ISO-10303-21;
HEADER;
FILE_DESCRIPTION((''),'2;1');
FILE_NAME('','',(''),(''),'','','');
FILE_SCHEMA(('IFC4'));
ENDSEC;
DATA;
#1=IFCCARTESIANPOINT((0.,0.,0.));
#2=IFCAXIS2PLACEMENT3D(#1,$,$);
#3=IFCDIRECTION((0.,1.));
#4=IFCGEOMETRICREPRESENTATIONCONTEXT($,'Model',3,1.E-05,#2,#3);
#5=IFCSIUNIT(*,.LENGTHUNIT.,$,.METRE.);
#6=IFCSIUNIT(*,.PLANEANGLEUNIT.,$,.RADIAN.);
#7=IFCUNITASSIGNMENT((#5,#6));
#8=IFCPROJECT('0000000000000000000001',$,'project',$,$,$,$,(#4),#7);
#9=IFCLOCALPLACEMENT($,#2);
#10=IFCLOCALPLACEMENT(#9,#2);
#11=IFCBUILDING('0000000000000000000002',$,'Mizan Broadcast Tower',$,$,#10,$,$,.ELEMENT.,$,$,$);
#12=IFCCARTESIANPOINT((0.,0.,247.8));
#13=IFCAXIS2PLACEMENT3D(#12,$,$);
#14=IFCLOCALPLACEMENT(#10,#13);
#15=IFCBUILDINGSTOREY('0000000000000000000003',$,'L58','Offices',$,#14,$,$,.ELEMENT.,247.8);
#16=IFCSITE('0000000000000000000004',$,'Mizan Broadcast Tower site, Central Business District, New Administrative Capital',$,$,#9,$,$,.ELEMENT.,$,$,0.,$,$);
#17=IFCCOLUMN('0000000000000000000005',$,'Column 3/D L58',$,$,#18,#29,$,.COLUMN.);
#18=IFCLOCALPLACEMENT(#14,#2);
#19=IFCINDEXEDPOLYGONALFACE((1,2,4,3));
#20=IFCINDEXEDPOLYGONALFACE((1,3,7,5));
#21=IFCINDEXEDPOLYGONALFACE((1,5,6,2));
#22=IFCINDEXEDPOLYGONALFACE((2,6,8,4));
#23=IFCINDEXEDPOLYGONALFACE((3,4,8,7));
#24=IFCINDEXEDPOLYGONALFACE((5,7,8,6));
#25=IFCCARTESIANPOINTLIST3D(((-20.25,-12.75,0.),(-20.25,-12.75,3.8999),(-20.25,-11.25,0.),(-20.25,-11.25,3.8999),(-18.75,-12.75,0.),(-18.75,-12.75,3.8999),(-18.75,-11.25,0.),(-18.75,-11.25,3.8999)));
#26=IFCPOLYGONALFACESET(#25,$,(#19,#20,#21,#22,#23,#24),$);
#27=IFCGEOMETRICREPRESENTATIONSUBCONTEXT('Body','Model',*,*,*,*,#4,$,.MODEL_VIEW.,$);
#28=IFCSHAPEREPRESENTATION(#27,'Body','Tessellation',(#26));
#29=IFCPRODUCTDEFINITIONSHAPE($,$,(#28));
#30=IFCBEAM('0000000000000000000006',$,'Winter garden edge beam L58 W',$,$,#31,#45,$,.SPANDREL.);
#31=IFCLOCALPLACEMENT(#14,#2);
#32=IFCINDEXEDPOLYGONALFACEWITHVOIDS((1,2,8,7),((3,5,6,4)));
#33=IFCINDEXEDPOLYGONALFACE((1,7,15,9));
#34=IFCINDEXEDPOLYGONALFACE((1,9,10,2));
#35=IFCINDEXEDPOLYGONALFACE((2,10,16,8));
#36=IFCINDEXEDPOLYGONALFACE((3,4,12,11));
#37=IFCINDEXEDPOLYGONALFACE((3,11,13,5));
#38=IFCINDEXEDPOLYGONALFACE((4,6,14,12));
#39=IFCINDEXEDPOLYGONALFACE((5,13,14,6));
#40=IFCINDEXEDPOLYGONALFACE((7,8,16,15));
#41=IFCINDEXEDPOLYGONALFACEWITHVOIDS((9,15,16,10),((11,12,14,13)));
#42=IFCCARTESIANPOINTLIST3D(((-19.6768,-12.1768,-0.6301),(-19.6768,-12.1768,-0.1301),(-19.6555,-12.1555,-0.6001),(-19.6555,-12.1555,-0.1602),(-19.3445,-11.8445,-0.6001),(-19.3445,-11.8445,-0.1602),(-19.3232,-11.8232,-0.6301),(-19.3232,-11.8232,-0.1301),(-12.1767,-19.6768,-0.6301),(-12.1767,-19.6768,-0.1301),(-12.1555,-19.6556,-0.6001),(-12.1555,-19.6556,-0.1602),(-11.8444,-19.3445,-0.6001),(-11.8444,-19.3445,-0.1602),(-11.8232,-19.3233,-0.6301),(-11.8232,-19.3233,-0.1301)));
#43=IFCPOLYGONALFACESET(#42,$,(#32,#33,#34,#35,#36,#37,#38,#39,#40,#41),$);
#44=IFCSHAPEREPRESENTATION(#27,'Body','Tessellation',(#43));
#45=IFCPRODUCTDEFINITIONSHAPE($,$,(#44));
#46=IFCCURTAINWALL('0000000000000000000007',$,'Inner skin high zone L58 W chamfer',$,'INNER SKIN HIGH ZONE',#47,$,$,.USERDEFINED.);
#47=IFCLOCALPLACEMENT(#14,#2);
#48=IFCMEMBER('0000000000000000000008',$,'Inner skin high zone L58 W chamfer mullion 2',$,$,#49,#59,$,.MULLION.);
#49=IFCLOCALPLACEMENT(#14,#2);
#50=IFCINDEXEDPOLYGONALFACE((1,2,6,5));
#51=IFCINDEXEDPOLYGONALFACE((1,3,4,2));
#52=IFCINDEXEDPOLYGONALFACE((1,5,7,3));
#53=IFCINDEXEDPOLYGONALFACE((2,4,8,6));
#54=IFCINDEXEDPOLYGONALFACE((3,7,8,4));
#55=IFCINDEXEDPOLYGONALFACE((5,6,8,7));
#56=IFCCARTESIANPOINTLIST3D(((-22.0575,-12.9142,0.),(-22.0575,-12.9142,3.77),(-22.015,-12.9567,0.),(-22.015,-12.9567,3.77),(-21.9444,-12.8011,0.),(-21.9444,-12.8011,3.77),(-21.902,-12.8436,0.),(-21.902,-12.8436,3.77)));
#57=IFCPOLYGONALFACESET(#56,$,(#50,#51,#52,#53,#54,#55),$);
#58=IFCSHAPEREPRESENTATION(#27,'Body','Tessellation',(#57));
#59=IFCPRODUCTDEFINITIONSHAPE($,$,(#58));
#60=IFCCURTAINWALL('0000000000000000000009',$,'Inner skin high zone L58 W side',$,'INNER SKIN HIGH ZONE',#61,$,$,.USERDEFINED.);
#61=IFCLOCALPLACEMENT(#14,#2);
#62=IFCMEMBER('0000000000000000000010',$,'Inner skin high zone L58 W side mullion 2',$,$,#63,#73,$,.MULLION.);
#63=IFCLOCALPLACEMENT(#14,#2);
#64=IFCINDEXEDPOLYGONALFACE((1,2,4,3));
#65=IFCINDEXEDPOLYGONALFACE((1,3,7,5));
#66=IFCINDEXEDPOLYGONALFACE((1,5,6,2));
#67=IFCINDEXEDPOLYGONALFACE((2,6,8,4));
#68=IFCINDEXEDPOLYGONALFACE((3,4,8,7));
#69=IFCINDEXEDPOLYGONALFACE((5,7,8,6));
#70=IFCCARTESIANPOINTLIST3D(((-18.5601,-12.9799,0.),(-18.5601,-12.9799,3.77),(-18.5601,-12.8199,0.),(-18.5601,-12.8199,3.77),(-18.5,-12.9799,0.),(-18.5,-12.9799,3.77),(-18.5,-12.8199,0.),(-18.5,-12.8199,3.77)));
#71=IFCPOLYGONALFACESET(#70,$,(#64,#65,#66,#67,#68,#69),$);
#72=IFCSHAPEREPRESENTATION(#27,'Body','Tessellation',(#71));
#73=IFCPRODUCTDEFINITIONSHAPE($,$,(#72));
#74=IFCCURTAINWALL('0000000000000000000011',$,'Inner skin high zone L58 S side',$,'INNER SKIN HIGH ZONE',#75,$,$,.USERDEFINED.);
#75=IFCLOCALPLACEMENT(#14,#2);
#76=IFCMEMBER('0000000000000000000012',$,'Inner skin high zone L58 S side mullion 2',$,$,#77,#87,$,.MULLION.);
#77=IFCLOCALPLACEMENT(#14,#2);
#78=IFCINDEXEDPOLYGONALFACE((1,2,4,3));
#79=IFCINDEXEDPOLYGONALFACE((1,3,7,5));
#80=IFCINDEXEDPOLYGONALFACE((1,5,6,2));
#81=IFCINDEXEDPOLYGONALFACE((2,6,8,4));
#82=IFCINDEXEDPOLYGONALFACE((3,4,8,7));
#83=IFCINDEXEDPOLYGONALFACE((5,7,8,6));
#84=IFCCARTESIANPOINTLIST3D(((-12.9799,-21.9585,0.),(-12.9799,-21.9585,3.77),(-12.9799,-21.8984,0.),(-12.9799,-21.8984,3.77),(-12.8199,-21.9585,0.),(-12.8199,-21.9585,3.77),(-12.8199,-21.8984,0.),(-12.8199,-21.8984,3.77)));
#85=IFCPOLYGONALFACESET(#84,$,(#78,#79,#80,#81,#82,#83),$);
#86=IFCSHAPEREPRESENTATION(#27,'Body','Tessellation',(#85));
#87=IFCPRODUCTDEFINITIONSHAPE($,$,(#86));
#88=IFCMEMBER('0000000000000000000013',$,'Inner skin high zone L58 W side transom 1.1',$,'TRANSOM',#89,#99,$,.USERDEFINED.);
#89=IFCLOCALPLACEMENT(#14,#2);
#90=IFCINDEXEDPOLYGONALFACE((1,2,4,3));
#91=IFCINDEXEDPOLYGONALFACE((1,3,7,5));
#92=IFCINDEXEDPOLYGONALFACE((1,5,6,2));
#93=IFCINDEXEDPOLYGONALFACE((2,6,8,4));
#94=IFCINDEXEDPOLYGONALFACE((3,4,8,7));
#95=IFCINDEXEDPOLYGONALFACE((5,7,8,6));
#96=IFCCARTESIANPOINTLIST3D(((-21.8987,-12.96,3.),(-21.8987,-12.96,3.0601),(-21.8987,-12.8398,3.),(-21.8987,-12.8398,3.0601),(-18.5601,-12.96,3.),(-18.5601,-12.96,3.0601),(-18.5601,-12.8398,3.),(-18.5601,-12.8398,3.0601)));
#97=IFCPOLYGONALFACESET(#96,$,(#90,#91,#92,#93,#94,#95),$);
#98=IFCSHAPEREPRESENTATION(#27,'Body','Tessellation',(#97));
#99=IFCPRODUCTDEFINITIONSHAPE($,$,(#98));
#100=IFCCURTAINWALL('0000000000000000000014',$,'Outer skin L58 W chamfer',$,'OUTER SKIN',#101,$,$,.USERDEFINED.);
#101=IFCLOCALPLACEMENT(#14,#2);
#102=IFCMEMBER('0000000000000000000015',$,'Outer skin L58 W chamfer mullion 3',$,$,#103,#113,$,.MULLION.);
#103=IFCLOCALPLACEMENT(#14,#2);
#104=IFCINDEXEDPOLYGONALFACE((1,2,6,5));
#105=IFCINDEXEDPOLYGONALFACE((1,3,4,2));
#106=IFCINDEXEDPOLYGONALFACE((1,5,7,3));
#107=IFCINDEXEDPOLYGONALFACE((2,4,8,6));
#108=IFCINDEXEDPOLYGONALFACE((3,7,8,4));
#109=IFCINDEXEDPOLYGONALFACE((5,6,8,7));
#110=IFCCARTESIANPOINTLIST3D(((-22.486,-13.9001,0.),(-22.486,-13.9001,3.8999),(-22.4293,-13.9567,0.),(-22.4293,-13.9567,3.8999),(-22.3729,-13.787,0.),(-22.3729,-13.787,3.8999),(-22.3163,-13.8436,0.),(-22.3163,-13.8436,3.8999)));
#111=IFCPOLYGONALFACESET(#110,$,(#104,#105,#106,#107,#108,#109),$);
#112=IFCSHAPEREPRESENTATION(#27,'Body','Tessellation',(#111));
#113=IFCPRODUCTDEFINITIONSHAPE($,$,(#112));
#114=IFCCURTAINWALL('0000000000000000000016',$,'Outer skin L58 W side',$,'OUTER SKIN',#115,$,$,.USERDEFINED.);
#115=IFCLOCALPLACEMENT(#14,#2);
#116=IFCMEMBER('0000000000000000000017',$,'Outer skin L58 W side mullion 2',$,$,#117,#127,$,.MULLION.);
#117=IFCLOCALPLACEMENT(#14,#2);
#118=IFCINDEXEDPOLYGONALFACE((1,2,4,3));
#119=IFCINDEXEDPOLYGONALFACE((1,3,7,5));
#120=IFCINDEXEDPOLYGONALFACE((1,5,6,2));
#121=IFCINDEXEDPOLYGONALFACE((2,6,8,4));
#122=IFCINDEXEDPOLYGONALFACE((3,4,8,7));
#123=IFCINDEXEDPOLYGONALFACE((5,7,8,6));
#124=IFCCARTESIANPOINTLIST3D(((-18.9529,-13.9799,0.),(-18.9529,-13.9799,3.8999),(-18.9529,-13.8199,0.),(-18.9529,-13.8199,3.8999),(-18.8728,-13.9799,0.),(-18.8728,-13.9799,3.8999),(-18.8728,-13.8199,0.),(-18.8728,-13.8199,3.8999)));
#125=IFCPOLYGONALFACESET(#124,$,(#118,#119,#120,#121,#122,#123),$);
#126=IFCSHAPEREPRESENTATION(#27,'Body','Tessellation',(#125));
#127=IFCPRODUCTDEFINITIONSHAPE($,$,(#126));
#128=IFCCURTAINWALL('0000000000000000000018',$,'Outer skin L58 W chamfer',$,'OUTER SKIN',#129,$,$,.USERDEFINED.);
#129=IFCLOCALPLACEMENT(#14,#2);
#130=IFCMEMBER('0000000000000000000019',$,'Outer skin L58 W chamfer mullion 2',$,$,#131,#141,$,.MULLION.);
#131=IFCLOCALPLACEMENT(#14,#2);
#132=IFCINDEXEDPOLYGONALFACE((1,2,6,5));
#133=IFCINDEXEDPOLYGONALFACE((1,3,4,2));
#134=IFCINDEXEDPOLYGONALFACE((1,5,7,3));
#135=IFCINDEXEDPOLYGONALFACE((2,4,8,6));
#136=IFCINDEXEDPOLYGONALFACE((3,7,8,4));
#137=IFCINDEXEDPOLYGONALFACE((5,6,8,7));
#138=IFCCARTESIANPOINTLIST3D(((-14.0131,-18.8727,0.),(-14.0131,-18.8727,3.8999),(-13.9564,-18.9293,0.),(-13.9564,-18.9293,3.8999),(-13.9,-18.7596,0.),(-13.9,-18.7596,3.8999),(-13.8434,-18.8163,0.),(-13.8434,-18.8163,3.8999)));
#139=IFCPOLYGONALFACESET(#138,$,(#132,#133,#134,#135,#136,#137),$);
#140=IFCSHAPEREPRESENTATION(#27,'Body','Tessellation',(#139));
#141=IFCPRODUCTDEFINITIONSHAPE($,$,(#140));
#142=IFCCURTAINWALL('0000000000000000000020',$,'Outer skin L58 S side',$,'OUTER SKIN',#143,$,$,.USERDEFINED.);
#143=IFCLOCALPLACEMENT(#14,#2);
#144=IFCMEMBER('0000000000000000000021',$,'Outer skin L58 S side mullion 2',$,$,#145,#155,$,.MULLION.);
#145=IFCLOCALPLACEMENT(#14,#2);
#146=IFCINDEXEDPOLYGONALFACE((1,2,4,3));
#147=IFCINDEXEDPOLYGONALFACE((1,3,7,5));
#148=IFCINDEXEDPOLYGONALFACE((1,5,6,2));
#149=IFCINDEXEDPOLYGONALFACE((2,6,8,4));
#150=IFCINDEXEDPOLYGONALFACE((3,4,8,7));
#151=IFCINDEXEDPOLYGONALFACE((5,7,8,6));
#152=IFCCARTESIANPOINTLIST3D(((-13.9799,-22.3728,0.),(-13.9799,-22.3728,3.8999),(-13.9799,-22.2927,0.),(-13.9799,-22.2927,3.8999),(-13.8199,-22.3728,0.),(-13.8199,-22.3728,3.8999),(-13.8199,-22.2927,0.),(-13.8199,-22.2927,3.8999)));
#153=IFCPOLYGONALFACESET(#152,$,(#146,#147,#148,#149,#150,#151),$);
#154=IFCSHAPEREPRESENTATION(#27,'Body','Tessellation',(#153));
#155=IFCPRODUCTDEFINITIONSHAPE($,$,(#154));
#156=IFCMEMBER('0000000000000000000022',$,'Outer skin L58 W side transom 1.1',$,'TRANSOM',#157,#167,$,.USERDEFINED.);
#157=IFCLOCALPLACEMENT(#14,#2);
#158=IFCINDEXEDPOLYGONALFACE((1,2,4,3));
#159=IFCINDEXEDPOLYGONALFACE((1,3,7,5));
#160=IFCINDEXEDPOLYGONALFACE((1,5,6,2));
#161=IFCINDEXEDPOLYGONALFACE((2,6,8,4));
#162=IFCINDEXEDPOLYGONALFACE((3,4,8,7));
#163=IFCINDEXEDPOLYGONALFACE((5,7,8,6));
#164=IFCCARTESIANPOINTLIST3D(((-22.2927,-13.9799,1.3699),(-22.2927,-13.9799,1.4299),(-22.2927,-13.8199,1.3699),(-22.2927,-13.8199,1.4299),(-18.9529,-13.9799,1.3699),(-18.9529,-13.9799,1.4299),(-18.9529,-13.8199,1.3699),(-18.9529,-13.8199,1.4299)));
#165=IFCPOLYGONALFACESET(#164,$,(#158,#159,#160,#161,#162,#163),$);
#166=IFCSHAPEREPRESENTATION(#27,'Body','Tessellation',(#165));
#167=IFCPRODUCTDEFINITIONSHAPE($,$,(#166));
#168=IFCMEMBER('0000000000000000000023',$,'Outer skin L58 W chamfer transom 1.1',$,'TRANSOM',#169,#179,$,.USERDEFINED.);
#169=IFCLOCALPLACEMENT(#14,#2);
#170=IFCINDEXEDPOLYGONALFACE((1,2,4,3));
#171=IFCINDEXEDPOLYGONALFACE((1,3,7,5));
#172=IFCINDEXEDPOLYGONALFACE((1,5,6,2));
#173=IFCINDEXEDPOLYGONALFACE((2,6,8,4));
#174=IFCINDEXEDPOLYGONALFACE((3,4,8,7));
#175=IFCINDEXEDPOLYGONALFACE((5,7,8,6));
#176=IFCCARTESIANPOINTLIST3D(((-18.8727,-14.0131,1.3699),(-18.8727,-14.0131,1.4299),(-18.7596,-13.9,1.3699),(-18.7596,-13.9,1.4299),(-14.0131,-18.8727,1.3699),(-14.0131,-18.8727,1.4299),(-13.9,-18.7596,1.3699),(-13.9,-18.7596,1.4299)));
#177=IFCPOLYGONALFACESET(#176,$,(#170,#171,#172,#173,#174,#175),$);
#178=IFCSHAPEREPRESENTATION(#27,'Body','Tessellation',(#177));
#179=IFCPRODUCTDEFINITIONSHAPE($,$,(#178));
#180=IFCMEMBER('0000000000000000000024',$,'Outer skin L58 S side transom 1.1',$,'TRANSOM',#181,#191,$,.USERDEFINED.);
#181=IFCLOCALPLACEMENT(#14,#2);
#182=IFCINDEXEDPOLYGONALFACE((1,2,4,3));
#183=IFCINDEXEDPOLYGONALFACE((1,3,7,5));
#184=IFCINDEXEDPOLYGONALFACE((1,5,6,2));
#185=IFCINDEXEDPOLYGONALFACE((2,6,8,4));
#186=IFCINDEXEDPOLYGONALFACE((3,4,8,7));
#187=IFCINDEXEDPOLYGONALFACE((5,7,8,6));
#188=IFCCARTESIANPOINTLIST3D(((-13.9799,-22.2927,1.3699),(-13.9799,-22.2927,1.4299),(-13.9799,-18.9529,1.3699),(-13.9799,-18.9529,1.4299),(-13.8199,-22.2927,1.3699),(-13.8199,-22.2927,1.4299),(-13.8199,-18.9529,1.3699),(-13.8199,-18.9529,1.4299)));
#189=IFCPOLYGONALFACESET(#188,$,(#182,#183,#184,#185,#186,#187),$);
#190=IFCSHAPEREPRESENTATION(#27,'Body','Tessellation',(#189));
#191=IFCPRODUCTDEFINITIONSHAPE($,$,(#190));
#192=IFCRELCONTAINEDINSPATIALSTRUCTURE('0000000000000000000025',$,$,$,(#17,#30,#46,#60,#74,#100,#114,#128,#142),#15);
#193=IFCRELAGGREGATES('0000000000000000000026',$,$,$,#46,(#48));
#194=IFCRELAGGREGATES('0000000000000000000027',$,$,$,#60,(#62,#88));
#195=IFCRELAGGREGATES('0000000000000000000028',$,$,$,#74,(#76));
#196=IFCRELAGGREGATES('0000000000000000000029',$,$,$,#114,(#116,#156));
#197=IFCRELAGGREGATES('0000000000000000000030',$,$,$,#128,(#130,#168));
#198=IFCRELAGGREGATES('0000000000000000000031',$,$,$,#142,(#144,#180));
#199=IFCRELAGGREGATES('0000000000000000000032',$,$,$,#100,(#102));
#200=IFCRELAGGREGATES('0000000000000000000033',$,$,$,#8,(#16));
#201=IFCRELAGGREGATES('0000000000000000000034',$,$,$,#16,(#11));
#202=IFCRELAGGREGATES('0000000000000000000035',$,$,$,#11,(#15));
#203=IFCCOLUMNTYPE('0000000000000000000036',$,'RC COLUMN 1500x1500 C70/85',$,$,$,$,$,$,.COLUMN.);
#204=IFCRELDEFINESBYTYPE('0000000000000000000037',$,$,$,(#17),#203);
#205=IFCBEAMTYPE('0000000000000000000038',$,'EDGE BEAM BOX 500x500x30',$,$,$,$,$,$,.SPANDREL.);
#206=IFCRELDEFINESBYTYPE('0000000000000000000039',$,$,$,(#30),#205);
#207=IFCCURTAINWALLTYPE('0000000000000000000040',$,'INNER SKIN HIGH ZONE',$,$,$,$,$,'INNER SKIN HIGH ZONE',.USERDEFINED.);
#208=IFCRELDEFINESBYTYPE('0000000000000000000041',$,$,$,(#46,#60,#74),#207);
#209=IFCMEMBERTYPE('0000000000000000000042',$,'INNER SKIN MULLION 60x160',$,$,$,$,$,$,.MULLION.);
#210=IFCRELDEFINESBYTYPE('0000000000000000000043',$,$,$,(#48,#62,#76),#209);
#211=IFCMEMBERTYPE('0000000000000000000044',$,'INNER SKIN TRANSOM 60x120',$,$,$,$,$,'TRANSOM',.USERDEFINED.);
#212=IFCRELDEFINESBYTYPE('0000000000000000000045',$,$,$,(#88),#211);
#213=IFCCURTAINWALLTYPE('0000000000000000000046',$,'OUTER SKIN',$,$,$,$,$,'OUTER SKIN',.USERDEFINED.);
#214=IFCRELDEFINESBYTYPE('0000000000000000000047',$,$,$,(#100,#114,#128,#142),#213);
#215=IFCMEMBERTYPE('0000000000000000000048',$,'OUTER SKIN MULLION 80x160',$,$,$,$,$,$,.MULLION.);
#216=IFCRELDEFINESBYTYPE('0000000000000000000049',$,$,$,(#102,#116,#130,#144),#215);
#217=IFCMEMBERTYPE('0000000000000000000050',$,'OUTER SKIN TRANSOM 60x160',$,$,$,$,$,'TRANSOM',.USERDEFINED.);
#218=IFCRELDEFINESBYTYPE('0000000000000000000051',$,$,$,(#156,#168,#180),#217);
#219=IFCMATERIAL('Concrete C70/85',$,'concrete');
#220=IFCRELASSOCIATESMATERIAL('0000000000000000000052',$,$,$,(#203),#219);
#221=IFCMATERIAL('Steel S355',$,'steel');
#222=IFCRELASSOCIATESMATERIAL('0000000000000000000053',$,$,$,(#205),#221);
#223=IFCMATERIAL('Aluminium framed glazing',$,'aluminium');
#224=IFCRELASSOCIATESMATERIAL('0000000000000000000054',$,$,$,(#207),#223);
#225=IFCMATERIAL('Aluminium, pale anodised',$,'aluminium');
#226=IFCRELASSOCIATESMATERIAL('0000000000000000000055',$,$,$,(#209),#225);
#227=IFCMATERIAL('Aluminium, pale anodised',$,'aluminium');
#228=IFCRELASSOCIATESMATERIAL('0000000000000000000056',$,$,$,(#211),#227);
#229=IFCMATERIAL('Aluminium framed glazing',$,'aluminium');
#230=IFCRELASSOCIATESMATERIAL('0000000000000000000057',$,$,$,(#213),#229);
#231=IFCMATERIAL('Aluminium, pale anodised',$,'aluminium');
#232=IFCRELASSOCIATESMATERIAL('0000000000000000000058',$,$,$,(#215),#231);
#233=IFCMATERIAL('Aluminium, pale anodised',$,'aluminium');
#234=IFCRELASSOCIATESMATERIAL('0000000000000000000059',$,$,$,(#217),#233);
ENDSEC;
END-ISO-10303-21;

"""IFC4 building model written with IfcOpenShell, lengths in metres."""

from ifc_helpers import new_model, si_unit, direction, frame, origin, origin_2d, place, context, subcontext, project, spatial, rectangle, hollow_rectangle, extrude, material, material_profile, profile_set, type_object, element, aggregate, save


model = new_model("IFC4")

# Units and contexts
model_context = context("Model", 3, precision=1e-05, world=origin(), true_north=direction((0.0, 1.0)))
body_context = subcontext(model_context, "Body", "Model", "MODEL_VIEW")
ifc_project = project(units=[si_unit("LENGTHUNIT", "METRE"), si_unit("PLANEANGLEUNIT", "RADIAN")], contexts=[model_context])

# Site, building, storey
site_placement = place(None, origin())
site = spatial("IfcSite", under=ifc_project, at=site_placement, Name="Mizan Broadcast Tower site, Central Business District, New Administrative Capital", CompositionType="ELEMENT", RefElevation=0.0)
building_placement = place(site_placement, origin())
building = spatial("IfcBuilding", under=site, at=building_placement, Name="Mizan Broadcast Tower", CompositionType="ELEMENT")
storey_placement = place(building_placement, frame((0.0, 0.0, 247.8)))
storey = spatial("IfcBuildingStorey", under=building, at=storey_placement, Name="L58", Description="Offices", CompositionType="ELEMENT", Elevation=247.8)

# Column
ifc_material_1 = material(Name="Concrete C70/85", Category="concrete")
ifc_material_profile_1 = material_profile(ifc_material_1, rectangle(XDim=1.5, YDim=1.5, at=origin_2d()), Name="RC 1500x1500")
ifc_profile_set_1 = profile_set([ifc_material_profile_1], Name="Concrete C70/85")
column_type = type_object("IfcColumnType", Name="RC COLUMN 1500x1500 C70/85", PredefinedType="COLUMN", material=ifc_profile_set_1)
column_placement = place(storey_placement, frame((-19.5, -12.0, 0.0), z_axis=(0.0, 0.0, 1.0), x_axis=(1.0, 0.0, 0.0)))
element("IfcColumn", 1, at=column_placement, inside=storey, type_object=column_type, Name="Column 3/D L58", PredefinedType="COLUMN", context=body_context, shape_type="SweptSolid", body=[
    extrude(rectangle(XDim=1.5, YDim=1.5, at=origin_2d()), origin(), (0.0, 0.0, 1.0), 3.8999),
])

# Beam
ifc_material_2 = material(Name="Steel S355", Category="steel")
ifc_material_profile_2 = material_profile(ifc_material_2, hollow_rectangle(XDim=0.5, YDim=0.5, WallThickness=0.03, at=origin_2d()), Name="BOX 500x500x30")
ifc_profile_set_2 = profile_set([ifc_material_profile_2], Name="Steel S355")
beam_type = type_object("IfcBeamType", Name="EDGE BEAM BOX 500x500x30", PredefinedType="SPANDREL", material=ifc_profile_set_2)
beam_placement = place(storey_placement, frame((-19.5, -12.0, -0.3801), z_axis=(0.707107, -0.707107, 0.0), x_axis=(0.707107, 0.707107, 0.0)))
element("IfcBeam", 2, at=beam_placement, inside=storey, type_object=beam_type, Name="Winter garden edge beam L58 W", PredefinedType="SPANDREL", context=body_context, shape_type="SweptSolid", body=[
    extrude(hollow_rectangle(XDim=0.5, YDim=0.5, WallThickness=0.03, at=origin_2d()), origin(), (0.0, 0.0, 1.0), 10.6067),
])

# Curtain walls, members
ifc_material_3 = material(Name="Aluminium framed glazing", Category="aluminium")
curtain_wall_type_1 = type_object("IfcCurtainWallType", Name="INNER SKIN HIGH ZONE", ElementType="INNER SKIN HIGH ZONE", PredefinedType="USERDEFINED", material=ifc_material_3)
curtain_wall_1_placement = place(storey_placement, origin())
curtain_wall_1 = element("IfcCurtainWall", 3, at=curtain_wall_1_placement, inside=storey, type_object=curtain_wall_type_1, Name="Inner skin high zone L58 W chamfer", ObjectType="INNER SKIN HIGH ZONE", PredefinedType="USERDEFINED")
ifc_material_4 = material(Name="Aluminium, pale anodised", Category="aluminium")
ifc_material_profile_3 = material_profile(ifc_material_4, rectangle(XDim=0.1599, YDim=0.0601, at=origin_2d()), Name="MULLION 160x60")
ifc_profile_set_3 = profile_set([ifc_material_profile_3], Name="Aluminium, pale anodised")
member_type_1 = type_object("IfcMemberType", Name="INNER SKIN MULLION 60x160", PredefinedType="MULLION", material=ifc_profile_set_3)
member_1_placement = place(storey_placement, frame((-21.9797, -12.8789, 0.0), z_axis=(0.0, 0.0, 1.0), x_axis=(0.707107, 0.707107, 0.0)))
member_1 = element("IfcMember", 4, at=member_1_placement, type_object=member_type_1, Name="Inner skin high zone L58 W chamfer mullion 2", PredefinedType="MULLION", context=body_context, shape_type="SweptSolid", body=[
    extrude(rectangle(XDim=0.1599, YDim=0.0601, at=origin_2d()), origin(), (0.0, 0.0, 1.0), 3.77),
])
aggregate(curtain_wall_1, [member_1])
curtain_wall_2_placement = place(storey_placement, origin())
curtain_wall_2 = element("IfcCurtainWall", 5, at=curtain_wall_2_placement, inside=storey, type_object=curtain_wall_type_1, Name="Inner skin high zone L58 W side", ObjectType="INNER SKIN HIGH ZONE", PredefinedType="USERDEFINED")
member_2_placement = place(storey_placement, frame((-18.53, -12.8999, 0.0), z_axis=(0.0, 0.0, 1.0), x_axis=(0.0, 1.0, 0.0)))
member_2 = element("IfcMember", 6, at=member_2_placement, type_object=member_type_1, Name="Inner skin high zone L58 W side mullion 2", PredefinedType="MULLION", context=body_context, shape_type="SweptSolid", body=[
    extrude(rectangle(XDim=0.1599, YDim=0.0601, at=origin_2d()), origin(), (0.0, 0.0, 1.0), 3.77),
])
curtain_wall_3_placement = place(storey_placement, origin())
curtain_wall_3 = element("IfcCurtainWall", 7, at=curtain_wall_3_placement, inside=storey, type_object=curtain_wall_type_1, Name="Inner skin high zone L58 S side", ObjectType="INNER SKIN HIGH ZONE", PredefinedType="USERDEFINED")
member_3_placement = place(storey_placement, frame((-12.8999, -21.9285, 0.0), z_axis=(0.0, 0.0, 1.0), x_axis=(1.0, 0.0, 0.0)))
member_3 = element("IfcMember", 8, at=member_3_placement, type_object=member_type_1, Name="Inner skin high zone L58 S side mullion 2", PredefinedType="MULLION", context=body_context, shape_type="SweptSolid", body=[
    extrude(rectangle(XDim=0.1599, YDim=0.0601, at=origin_2d()), origin(), (0.0, 0.0, 1.0), 3.77),
])

# Member
ifc_material_5 = material(Name="Aluminium, pale anodised", Category="aluminium")
ifc_material_profile_4 = material_profile(ifc_material_5, rectangle(XDim=0.1201, YDim=0.0601, at=origin_2d()), Name="TRANSOM 120x60")
ifc_profile_set_4 = profile_set([ifc_material_profile_4], Name="Aluminium, pale anodised")
member_type_2 = type_object("IfcMemberType", Name="INNER SKIN TRANSOM 60x120", ElementType="TRANSOM", PredefinedType="USERDEFINED", material=ifc_profile_set_4)
member_4_placement = place(storey_placement, frame((-21.8987, -12.8999, 3.03), z_axis=(1.0, 0.0, 0.0), x_axis=(0.0, 1.0, 0.0)))
member_4 = element("IfcMember", 9, at=member_4_placement, type_object=member_type_2, Name="Inner skin high zone L58 W side transom 1.1", ObjectType="TRANSOM", PredefinedType="USERDEFINED", context=body_context, shape_type="SweptSolid", body=[
    extrude(rectangle(XDim=0.1201, YDim=0.0601, at=origin_2d()), origin(), (0.0, 0.0, 1.0), 3.3386),
])

# Curtain walls, members
ifc_material_6 = material(Name="Aluminium framed glazing", Category="aluminium")
curtain_wall_type_2 = type_object("IfcCurtainWallType", Name="OUTER SKIN", ElementType="OUTER SKIN", PredefinedType="USERDEFINED", material=ifc_material_6)
curtain_wall_4_placement = place(storey_placement, origin())
curtain_wall_4 = element("IfcCurtainWall", 10, at=curtain_wall_4_placement, inside=storey, type_object=curtain_wall_type_2, Name="Outer skin L58 W chamfer", ObjectType="OUTER SKIN", PredefinedType="USERDEFINED")
ifc_material_7 = material(Name="Aluminium, pale anodised", Category="aluminium")
ifc_material_profile_5 = material_profile(ifc_material_7, rectangle(XDim=0.1599, YDim=0.0801, at=origin_2d()), Name="MULLION 160x80")
ifc_profile_set_5 = profile_set([ifc_material_profile_5], Name="Aluminium, pale anodised")
member_type_3 = type_object("IfcMemberType", Name="OUTER SKIN MULLION 80x160", PredefinedType="MULLION", material=ifc_profile_set_5)
member_5_placement = place(storey_placement, frame((-22.4011, -13.8718, 0.0), z_axis=(0.0, 0.0, 1.0), x_axis=(0.707107, 0.707107, 0.0)))
member_5 = element("IfcMember", 11, at=member_5_placement, type_object=member_type_3, Name="Outer skin L58 W chamfer mullion 3", PredefinedType="MULLION", context=body_context, shape_type="SweptSolid", body=[
    extrude(rectangle(XDim=0.1599, YDim=0.0801, at=origin_2d()), origin(), (0.0, 0.0, 1.0), 3.8999),
])
curtain_wall_5_placement = place(storey_placement, origin())
curtain_wall_5 = element("IfcCurtainWall", 12, at=curtain_wall_5_placement, inside=storey, type_object=curtain_wall_type_2, Name="Outer skin L58 W side", ObjectType="OUTER SKIN", PredefinedType="USERDEFINED")
member_6_placement = place(storey_placement, frame((-18.9128, -13.8999, 0.0), z_axis=(0.0, 0.0, 1.0), x_axis=(0.0, 1.0, 0.0)))
member_6 = element("IfcMember", 13, at=member_6_placement, type_object=member_type_3, Name="Outer skin L58 W side mullion 2", PredefinedType="MULLION", context=body_context, shape_type="SweptSolid", body=[
    extrude(rectangle(XDim=0.1599, YDim=0.0801, at=origin_2d()), origin(), (0.0, 0.0, 1.0), 3.8999),
])
curtain_wall_6_placement = place(storey_placement, origin())
curtain_wall_6 = element("IfcCurtainWall", 14, at=curtain_wall_6_placement, inside=storey, type_object=curtain_wall_type_2, Name="Outer skin L58 W chamfer", ObjectType="OUTER SKIN", PredefinedType="USERDEFINED")
member_7_placement = place(storey_placement, frame((-13.9282, -18.8445, 0.0), z_axis=(0.0, 0.0, 1.0), x_axis=(0.707107, 0.707107, 0.0)))
member_7 = element("IfcMember", 15, at=member_7_placement, type_object=member_type_3, Name="Outer skin L58 W chamfer mullion 2", PredefinedType="MULLION", context=body_context, shape_type="SweptSolid", body=[
    extrude(rectangle(XDim=0.1599, YDim=0.0801, at=origin_2d()), origin(), (0.0, 0.0, 1.0), 3.8999),
])
curtain_wall_7_placement = place(storey_placement, origin())
curtain_wall_7 = element("IfcCurtainWall", 16, at=curtain_wall_7_placement, inside=storey, type_object=curtain_wall_type_2, Name="Outer skin L58 S side", ObjectType="OUTER SKIN", PredefinedType="USERDEFINED")
member_8_placement = place(storey_placement, frame((-13.8999, -22.3328, 0.0), z_axis=(0.0, 0.0, 1.0), x_axis=(1.0, 0.0, 0.0)))
member_8 = element("IfcMember", 17, at=member_8_placement, type_object=member_type_3, Name="Outer skin L58 S side mullion 2", PredefinedType="MULLION", context=body_context, shape_type="SweptSolid", body=[
    extrude(rectangle(XDim=0.1599, YDim=0.0801, at=origin_2d()), origin(), (0.0, 0.0, 1.0), 3.8999),
])

# Members
ifc_material_8 = material(Name="Aluminium, pale anodised", Category="aluminium")
ifc_material_profile_6 = material_profile(ifc_material_8, rectangle(XDim=0.1599, YDim=0.0601, at=origin_2d()), Name="TRANSOM 160x60")
ifc_profile_set_6 = profile_set([ifc_material_profile_6], Name="Aluminium, pale anodised")
member_type_4 = type_object("IfcMemberType", Name="OUTER SKIN TRANSOM 60x160", ElementType="TRANSOM", PredefinedType="USERDEFINED", material=ifc_profile_set_6)
member_9_placement = place(storey_placement, frame((-22.2927, -13.8999, 1.3999), z_axis=(1.0, 0.0, 0.0), x_axis=(0.0, 1.0, 0.0)))
member_9 = element("IfcMember", 18, at=member_9_placement, type_object=member_type_4, Name="Outer skin L58 W side transom 1.1", ObjectType="TRANSOM", PredefinedType="USERDEFINED", context=body_context, shape_type="SweptSolid", body=[
    extrude(rectangle(XDim=0.1599, YDim=0.0601, at=origin_2d()), origin(), (0.0, 0.0, 1.0), 3.3398),
])
member_10_placement = place(storey_placement, frame((-18.8162, -13.9565, 1.3999), z_axis=(0.707107, -0.707107, 0.0), x_axis=(0.707107, 0.707107, 0.0)))
member_10 = element("IfcMember", 19, at=member_10_placement, type_object=member_type_4, Name="Outer skin L58 W chamfer transom 1.1", ObjectType="TRANSOM", PredefinedType="USERDEFINED", context=body_context, shape_type="SweptSolid", body=[
    extrude(rectangle(XDim=0.1599, YDim=0.0601, at=origin_2d()), origin(), (0.0, 0.0, 1.0), 6.8726),
])
member_11_placement = place(storey_placement, frame((-13.8999, -18.9529, 1.3999), z_axis=(0.0, -1.0, 0.0), x_axis=(1.0, 0.0, 0.0)))
member_11 = element("IfcMember", 20, at=member_11_placement, type_object=member_type_4, Name="Outer skin L58 S side transom 1.1", ObjectType="TRANSOM", PredefinedType="USERDEFINED", context=body_context, shape_type="SweptSolid", body=[
    extrude(rectangle(XDim=0.1599, YDim=0.0601, at=origin_2d()), origin(), (0.0, 0.0, 1.0), 3.3398),
])

aggregate(curtain_wall_2, [member_2, member_4])
aggregate(curtain_wall_3, [member_3])
aggregate(curtain_wall_5, [member_6, member_9])
aggregate(curtain_wall_6, [member_7, member_10])
aggregate(curtain_wall_7, [member_8, member_11])
aggregate(curtain_wall_4, [member_5])

save(model, "model.ifc")
